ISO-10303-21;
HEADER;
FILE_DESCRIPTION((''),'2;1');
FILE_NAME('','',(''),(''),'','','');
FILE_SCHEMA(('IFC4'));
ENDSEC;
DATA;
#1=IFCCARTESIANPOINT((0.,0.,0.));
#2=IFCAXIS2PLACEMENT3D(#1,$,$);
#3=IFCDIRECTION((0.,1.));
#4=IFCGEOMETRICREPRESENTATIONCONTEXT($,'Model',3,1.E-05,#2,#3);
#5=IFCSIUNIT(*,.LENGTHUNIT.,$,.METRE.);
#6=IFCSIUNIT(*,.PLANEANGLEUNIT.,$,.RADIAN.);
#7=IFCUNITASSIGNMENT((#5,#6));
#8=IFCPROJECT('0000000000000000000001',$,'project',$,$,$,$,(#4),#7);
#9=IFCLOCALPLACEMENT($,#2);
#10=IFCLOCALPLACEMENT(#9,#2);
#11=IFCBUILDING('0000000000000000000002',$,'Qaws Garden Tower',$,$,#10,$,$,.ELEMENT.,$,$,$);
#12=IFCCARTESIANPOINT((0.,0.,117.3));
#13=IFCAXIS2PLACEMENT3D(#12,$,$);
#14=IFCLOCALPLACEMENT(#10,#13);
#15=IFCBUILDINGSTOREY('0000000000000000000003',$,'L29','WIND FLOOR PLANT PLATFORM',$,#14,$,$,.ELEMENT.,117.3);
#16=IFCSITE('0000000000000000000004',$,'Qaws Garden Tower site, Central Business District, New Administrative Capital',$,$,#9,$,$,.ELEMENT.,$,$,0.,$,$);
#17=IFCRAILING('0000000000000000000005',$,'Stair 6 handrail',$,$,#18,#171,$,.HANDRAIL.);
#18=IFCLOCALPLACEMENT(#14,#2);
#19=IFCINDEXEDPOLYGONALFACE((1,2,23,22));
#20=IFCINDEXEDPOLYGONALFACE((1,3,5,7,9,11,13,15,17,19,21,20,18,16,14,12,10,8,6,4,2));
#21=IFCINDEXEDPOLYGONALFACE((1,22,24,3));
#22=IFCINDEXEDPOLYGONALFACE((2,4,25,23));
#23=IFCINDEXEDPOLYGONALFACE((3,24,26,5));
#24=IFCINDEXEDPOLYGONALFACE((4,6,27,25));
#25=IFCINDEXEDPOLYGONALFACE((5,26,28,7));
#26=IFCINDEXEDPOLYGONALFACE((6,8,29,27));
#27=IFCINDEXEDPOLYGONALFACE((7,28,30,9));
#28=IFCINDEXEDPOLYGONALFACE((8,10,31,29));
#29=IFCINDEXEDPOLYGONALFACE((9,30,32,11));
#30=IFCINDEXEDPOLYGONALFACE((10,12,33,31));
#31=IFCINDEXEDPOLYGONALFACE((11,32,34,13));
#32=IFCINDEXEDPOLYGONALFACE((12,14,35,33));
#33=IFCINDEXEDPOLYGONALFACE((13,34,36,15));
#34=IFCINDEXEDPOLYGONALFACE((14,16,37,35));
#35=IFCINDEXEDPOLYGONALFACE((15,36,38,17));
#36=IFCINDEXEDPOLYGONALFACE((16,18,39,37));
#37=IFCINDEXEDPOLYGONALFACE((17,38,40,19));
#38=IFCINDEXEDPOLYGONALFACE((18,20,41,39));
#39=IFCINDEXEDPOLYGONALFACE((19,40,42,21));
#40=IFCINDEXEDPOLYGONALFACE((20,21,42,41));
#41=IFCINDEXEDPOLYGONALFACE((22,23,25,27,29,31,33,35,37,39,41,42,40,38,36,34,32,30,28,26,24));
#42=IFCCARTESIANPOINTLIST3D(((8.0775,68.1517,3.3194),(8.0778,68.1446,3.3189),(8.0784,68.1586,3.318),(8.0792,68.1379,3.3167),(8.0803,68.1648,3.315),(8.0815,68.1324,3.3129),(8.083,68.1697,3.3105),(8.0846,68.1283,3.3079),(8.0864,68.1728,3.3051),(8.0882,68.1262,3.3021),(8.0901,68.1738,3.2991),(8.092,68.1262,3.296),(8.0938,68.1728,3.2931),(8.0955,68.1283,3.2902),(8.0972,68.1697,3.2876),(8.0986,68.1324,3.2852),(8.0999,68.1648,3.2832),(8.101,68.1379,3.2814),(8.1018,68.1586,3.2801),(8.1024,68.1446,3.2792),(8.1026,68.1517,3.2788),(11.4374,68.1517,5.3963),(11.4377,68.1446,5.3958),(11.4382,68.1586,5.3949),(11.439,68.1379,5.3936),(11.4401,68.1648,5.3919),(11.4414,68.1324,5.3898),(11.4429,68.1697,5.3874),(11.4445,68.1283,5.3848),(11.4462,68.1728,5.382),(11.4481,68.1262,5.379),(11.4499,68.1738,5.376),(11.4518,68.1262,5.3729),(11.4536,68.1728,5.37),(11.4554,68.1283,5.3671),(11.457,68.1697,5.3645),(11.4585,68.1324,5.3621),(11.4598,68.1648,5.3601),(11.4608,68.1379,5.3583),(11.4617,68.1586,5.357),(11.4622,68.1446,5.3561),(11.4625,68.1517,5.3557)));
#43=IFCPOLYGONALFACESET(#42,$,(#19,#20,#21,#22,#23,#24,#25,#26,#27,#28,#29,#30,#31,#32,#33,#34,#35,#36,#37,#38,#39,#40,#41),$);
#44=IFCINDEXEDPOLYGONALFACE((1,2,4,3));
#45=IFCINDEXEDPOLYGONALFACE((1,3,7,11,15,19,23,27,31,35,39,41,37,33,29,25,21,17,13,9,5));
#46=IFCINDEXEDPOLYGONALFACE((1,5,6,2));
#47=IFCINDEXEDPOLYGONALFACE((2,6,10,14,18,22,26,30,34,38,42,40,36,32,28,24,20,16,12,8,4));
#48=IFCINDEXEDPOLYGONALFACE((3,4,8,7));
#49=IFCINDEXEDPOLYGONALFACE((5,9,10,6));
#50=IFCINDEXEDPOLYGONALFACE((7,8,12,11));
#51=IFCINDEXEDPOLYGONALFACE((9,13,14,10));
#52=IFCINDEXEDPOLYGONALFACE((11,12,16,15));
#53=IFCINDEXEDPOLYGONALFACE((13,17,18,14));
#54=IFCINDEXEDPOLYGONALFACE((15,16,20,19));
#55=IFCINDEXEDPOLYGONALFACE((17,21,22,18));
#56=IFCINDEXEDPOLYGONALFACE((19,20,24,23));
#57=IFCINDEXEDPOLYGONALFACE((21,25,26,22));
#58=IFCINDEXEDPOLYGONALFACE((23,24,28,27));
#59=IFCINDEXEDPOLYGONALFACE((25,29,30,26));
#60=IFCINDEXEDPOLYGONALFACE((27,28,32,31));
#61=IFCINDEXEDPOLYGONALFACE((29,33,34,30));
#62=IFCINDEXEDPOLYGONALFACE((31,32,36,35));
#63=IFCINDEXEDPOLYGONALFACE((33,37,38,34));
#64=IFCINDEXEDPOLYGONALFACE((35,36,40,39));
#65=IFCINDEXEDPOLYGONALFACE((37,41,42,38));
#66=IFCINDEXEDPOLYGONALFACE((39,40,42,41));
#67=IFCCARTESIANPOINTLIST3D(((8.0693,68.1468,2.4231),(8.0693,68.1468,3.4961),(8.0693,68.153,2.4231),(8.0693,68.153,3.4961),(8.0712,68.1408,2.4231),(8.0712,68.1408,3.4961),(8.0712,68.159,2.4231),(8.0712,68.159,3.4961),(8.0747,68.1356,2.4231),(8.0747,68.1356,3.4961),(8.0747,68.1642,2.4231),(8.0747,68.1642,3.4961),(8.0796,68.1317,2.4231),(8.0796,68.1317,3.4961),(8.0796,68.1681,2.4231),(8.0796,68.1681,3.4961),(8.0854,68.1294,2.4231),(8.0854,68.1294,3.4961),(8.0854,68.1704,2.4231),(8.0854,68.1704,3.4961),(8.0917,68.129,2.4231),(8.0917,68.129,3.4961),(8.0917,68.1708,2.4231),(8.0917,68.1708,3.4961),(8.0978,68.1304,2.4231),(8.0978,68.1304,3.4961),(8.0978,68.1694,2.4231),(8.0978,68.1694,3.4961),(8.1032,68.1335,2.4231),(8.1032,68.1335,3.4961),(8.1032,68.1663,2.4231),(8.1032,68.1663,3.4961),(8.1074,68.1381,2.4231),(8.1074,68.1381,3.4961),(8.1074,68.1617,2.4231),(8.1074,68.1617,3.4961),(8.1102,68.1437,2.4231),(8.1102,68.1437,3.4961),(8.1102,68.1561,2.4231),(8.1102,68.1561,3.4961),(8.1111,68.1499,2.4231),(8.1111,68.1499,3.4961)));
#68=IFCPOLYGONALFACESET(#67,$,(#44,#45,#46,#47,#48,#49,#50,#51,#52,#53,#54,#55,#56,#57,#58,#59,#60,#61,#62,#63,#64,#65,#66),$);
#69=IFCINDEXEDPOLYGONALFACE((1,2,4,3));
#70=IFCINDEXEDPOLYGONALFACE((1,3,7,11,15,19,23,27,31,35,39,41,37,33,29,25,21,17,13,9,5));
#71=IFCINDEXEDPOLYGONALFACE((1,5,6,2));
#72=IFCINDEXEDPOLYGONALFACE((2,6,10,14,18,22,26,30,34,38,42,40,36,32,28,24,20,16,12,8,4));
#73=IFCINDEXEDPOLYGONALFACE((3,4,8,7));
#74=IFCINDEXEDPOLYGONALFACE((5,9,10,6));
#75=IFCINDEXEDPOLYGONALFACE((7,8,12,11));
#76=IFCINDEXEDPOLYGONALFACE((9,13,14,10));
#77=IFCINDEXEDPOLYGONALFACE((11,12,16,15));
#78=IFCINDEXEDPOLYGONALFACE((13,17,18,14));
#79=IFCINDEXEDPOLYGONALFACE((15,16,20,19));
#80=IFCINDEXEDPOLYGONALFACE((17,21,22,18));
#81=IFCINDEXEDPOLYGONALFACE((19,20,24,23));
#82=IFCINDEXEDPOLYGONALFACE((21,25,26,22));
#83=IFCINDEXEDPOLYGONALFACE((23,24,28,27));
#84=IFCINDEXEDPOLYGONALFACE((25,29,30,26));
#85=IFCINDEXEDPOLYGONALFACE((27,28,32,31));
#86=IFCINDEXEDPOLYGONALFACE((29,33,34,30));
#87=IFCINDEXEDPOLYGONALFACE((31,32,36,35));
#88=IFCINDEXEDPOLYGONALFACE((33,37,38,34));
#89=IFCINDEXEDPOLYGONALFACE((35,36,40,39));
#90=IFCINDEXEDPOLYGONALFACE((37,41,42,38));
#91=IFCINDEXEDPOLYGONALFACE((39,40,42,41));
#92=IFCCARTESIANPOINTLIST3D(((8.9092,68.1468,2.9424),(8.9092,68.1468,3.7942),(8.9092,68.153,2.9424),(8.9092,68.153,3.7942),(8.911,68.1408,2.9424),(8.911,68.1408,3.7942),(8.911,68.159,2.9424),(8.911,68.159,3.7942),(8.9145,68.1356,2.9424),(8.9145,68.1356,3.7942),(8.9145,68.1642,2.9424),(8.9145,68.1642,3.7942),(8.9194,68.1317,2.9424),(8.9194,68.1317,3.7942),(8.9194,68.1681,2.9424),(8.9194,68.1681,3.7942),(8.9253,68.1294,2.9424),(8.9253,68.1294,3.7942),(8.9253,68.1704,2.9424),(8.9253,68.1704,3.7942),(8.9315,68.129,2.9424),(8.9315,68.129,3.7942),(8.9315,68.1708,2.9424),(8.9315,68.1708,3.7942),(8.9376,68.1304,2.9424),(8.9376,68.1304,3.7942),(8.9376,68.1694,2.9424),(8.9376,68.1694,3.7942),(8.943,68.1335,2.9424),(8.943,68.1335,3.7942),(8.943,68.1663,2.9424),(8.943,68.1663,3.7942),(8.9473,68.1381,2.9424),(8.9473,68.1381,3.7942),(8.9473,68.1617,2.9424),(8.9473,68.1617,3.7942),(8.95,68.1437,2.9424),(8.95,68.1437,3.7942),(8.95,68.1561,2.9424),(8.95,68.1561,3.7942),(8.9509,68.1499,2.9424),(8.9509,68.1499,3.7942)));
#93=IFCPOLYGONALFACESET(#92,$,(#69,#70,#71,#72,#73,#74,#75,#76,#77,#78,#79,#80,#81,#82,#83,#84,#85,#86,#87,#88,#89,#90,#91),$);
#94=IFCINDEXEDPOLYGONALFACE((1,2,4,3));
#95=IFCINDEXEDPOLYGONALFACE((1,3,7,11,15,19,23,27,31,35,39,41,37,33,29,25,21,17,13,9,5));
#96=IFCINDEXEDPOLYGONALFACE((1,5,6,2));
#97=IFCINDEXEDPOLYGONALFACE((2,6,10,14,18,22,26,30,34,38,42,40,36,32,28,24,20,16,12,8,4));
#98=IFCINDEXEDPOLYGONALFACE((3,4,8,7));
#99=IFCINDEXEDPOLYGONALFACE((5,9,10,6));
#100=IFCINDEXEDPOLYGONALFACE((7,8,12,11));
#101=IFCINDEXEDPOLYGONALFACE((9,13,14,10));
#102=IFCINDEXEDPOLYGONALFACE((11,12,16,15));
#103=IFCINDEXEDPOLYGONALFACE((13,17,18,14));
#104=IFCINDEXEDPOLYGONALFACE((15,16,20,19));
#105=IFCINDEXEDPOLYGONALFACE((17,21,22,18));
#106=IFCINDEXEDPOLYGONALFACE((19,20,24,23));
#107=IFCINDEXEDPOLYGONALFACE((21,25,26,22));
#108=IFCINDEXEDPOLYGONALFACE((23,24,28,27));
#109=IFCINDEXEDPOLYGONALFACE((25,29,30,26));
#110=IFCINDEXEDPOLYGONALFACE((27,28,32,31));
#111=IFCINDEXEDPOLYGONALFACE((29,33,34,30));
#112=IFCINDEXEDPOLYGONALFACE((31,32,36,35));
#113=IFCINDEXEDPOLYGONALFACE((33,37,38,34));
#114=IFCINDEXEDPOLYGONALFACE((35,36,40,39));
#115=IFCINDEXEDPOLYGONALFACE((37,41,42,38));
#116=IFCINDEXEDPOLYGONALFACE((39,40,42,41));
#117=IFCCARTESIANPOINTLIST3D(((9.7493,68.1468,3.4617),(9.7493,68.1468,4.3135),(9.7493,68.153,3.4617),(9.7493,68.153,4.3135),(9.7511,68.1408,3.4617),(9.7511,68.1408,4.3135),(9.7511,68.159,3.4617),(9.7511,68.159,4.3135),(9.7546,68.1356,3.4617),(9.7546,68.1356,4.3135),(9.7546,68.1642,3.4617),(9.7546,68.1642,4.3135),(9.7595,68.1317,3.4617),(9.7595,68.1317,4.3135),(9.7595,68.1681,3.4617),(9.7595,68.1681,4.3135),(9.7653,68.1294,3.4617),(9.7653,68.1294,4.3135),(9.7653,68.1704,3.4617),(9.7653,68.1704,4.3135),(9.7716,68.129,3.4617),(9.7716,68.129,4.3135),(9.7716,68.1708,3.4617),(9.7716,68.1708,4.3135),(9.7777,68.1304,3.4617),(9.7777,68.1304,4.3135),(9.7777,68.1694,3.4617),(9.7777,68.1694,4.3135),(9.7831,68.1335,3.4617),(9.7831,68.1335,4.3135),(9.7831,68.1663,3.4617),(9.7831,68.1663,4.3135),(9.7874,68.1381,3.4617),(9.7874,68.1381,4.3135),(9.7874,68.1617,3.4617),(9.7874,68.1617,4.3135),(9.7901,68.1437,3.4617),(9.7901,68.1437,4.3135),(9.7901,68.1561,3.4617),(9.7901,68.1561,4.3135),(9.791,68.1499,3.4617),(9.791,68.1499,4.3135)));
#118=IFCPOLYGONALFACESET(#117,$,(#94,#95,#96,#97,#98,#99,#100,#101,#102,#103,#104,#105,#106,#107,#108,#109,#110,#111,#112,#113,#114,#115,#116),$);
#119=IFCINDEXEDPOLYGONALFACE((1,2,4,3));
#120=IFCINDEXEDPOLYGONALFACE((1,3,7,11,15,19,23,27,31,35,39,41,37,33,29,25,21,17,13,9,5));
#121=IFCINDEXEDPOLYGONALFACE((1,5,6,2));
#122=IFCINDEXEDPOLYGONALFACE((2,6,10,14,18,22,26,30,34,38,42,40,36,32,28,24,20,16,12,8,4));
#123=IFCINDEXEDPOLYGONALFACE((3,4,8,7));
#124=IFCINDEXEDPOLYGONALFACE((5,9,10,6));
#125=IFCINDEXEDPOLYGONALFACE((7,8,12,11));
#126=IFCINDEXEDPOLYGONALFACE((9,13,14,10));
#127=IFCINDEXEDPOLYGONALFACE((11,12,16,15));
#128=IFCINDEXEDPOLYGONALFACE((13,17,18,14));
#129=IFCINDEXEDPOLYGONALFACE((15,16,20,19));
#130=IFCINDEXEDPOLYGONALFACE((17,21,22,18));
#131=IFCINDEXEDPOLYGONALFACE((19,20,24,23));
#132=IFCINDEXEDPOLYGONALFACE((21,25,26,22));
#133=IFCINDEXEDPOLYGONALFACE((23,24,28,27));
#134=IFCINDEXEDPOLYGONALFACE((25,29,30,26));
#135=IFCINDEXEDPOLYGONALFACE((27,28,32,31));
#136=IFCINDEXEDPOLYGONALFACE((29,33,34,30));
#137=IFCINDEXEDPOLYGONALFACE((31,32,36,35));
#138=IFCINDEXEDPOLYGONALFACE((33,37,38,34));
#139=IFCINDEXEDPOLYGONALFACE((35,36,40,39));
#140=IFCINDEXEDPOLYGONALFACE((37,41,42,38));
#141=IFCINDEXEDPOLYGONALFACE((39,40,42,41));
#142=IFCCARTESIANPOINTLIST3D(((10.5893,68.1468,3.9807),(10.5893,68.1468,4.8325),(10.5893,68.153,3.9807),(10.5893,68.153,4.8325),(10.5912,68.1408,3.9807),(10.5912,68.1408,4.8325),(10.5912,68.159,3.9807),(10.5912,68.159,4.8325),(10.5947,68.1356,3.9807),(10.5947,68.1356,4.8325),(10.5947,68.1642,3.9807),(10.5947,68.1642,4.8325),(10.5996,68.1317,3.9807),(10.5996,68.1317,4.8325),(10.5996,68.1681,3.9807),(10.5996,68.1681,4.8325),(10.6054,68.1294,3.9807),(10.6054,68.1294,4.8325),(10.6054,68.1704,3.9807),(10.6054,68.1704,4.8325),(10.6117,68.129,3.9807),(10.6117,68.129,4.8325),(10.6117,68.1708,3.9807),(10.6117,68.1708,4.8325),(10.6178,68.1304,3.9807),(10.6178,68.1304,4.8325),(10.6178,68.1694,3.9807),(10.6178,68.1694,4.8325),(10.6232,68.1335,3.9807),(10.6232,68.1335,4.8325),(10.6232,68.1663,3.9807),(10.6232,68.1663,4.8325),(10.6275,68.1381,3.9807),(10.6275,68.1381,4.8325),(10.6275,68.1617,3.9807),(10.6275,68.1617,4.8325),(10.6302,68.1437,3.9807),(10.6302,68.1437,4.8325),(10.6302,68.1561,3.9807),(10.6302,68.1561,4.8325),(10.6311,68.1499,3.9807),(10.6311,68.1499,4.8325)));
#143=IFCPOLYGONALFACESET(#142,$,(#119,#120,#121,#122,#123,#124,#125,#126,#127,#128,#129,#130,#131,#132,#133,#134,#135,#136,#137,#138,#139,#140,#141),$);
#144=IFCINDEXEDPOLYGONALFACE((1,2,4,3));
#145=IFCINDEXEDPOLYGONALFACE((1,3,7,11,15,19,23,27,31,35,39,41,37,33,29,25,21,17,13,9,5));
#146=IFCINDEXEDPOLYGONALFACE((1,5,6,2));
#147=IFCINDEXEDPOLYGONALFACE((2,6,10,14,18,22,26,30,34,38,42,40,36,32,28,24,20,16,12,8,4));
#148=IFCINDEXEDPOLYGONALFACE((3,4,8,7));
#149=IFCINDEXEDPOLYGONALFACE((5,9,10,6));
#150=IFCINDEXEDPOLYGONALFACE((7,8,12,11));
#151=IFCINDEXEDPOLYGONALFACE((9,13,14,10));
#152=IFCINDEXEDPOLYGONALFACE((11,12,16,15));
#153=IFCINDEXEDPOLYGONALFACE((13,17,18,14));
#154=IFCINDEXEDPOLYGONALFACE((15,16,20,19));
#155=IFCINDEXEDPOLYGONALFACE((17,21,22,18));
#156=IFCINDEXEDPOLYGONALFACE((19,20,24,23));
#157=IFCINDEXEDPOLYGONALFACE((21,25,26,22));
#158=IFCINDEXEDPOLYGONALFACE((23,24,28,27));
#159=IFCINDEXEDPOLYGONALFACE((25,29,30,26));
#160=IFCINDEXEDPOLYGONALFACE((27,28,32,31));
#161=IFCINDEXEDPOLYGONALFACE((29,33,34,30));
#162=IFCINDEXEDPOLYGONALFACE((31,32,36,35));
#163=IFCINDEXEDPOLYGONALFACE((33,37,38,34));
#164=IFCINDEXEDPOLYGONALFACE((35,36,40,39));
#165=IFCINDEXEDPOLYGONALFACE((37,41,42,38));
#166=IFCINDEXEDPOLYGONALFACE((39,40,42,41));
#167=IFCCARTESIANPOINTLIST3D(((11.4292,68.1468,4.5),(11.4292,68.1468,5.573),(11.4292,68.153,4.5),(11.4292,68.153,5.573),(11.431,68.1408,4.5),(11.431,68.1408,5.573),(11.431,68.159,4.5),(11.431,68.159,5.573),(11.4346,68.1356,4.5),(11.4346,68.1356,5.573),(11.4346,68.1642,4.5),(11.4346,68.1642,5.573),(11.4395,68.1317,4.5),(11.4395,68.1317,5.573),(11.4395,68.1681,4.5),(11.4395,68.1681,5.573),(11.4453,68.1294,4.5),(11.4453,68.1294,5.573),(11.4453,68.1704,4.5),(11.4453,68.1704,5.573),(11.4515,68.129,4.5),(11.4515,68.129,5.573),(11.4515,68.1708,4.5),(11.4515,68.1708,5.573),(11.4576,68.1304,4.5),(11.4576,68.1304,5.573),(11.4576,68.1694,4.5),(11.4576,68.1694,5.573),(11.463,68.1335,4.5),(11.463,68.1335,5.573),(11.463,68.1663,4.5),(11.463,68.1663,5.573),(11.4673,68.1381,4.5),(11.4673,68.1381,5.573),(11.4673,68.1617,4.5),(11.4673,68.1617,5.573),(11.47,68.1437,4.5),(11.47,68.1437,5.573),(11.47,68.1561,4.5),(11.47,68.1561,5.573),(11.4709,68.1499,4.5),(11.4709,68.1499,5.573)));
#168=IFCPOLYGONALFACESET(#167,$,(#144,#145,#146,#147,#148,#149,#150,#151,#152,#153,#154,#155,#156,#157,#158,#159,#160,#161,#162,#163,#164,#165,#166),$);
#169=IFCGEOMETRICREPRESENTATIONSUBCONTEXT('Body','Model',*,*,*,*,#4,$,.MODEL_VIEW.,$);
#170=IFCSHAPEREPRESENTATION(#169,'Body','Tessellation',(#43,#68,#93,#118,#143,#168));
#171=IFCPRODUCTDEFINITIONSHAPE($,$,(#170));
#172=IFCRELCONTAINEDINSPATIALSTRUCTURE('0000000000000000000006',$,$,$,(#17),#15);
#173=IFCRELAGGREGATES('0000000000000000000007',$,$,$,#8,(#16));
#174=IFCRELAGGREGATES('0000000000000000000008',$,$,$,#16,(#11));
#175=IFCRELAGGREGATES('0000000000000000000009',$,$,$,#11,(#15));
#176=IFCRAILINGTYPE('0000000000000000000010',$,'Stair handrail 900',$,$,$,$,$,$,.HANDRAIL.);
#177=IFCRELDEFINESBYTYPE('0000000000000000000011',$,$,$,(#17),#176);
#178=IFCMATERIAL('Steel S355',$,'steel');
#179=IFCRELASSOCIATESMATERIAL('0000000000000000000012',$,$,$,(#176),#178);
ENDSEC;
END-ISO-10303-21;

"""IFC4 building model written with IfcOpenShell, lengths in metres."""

from ifc_helpers import new_model, si_unit, direction, frame, origin, origin_2d, place, context, subcontext, project, spatial, circle, extrude, material, type_object, element, save


model = new_model("IFC4")

# Units and contexts
model_context = context("Model", 3, precision=1e-05, world=origin(), true_north=direction((0.0, 1.0)))
body_context = subcontext(model_context, "Body", "Model", "MODEL_VIEW")
ifc_project = project(units=[si_unit("LENGTHUNIT", "METRE"), si_unit("PLANEANGLEUNIT", "RADIAN")], contexts=[model_context])

# Site, building, storey
site_placement = place(None, origin())
site = spatial("IfcSite", under=ifc_project, at=site_placement, Name="Qaws Garden Tower site, Central Business District, New Administrative Capital", CompositionType="ELEMENT", RefElevation=0.0)
building_placement = place(site_placement, origin())
building = spatial("IfcBuilding", under=site, at=building_placement, Name="Qaws Garden Tower", CompositionType="ELEMENT")
storey_placement = place(building_placement, frame((0.0, 0.0, 117.3)))
storey = spatial("IfcBuildingStorey", under=building, at=storey_placement, Name="L29", Description="WIND FLOOR PLANT PLATFORM", CompositionType="ELEMENT", Elevation=117.3)

# Railing
ifc_material_1 = material(Name="Steel S355", Category="steel")
railing_type_1 = type_object("IfcRailingType", Name="Stair handrail 900", PredefinedType="HANDRAIL", material=ifc_material_1)
railing_1_placement = place(storey_placement, frame((8.0901, 68.1499, 2.4231)))
element("IfcRailing", 1, at=railing_1_placement, inside=storey, type_object=railing_type_1, Name="Stair 6 handrail", PredefinedType="HANDRAIL", context=body_context, shape_type="SweptSolid", body=[
    extrude(circle(Radius=0.0239, at=origin_2d()), frame((0.0, 0.0, 0.876), z_axis=(0.850606, 0.0, 0.525803), x_axis=(0.0, 1.0, 0.0)), (0.0, 0.0, 1.0), 3.95),
    extrude(circle(Radius=0.021, at=origin_2d()), origin(), (0.0, 0.0, 1.0), 1.073),
    extrude(circle(Radius=0.021, at=origin_2d()), frame((0.8398, 0.0, 0.5193)), (0.0, 0.0, 1.0), 0.8518),
    extrude(circle(Radius=0.021, at=origin_2d()), frame((1.6799, 0.0, 1.0386)), (0.0, 0.0, 1.0), 0.8518),
    extrude(circle(Radius=0.021, at=origin_2d()), frame((2.52, 0.0, 1.5576)), (0.0, 0.0, 1.0), 0.8518),
    extrude(circle(Radius=0.021, at=origin_2d()), frame((3.3599, 0.0, 2.0769)), (0.0, 0.0, 1.0), 1.073),
])

save(model, "model.ifc")
